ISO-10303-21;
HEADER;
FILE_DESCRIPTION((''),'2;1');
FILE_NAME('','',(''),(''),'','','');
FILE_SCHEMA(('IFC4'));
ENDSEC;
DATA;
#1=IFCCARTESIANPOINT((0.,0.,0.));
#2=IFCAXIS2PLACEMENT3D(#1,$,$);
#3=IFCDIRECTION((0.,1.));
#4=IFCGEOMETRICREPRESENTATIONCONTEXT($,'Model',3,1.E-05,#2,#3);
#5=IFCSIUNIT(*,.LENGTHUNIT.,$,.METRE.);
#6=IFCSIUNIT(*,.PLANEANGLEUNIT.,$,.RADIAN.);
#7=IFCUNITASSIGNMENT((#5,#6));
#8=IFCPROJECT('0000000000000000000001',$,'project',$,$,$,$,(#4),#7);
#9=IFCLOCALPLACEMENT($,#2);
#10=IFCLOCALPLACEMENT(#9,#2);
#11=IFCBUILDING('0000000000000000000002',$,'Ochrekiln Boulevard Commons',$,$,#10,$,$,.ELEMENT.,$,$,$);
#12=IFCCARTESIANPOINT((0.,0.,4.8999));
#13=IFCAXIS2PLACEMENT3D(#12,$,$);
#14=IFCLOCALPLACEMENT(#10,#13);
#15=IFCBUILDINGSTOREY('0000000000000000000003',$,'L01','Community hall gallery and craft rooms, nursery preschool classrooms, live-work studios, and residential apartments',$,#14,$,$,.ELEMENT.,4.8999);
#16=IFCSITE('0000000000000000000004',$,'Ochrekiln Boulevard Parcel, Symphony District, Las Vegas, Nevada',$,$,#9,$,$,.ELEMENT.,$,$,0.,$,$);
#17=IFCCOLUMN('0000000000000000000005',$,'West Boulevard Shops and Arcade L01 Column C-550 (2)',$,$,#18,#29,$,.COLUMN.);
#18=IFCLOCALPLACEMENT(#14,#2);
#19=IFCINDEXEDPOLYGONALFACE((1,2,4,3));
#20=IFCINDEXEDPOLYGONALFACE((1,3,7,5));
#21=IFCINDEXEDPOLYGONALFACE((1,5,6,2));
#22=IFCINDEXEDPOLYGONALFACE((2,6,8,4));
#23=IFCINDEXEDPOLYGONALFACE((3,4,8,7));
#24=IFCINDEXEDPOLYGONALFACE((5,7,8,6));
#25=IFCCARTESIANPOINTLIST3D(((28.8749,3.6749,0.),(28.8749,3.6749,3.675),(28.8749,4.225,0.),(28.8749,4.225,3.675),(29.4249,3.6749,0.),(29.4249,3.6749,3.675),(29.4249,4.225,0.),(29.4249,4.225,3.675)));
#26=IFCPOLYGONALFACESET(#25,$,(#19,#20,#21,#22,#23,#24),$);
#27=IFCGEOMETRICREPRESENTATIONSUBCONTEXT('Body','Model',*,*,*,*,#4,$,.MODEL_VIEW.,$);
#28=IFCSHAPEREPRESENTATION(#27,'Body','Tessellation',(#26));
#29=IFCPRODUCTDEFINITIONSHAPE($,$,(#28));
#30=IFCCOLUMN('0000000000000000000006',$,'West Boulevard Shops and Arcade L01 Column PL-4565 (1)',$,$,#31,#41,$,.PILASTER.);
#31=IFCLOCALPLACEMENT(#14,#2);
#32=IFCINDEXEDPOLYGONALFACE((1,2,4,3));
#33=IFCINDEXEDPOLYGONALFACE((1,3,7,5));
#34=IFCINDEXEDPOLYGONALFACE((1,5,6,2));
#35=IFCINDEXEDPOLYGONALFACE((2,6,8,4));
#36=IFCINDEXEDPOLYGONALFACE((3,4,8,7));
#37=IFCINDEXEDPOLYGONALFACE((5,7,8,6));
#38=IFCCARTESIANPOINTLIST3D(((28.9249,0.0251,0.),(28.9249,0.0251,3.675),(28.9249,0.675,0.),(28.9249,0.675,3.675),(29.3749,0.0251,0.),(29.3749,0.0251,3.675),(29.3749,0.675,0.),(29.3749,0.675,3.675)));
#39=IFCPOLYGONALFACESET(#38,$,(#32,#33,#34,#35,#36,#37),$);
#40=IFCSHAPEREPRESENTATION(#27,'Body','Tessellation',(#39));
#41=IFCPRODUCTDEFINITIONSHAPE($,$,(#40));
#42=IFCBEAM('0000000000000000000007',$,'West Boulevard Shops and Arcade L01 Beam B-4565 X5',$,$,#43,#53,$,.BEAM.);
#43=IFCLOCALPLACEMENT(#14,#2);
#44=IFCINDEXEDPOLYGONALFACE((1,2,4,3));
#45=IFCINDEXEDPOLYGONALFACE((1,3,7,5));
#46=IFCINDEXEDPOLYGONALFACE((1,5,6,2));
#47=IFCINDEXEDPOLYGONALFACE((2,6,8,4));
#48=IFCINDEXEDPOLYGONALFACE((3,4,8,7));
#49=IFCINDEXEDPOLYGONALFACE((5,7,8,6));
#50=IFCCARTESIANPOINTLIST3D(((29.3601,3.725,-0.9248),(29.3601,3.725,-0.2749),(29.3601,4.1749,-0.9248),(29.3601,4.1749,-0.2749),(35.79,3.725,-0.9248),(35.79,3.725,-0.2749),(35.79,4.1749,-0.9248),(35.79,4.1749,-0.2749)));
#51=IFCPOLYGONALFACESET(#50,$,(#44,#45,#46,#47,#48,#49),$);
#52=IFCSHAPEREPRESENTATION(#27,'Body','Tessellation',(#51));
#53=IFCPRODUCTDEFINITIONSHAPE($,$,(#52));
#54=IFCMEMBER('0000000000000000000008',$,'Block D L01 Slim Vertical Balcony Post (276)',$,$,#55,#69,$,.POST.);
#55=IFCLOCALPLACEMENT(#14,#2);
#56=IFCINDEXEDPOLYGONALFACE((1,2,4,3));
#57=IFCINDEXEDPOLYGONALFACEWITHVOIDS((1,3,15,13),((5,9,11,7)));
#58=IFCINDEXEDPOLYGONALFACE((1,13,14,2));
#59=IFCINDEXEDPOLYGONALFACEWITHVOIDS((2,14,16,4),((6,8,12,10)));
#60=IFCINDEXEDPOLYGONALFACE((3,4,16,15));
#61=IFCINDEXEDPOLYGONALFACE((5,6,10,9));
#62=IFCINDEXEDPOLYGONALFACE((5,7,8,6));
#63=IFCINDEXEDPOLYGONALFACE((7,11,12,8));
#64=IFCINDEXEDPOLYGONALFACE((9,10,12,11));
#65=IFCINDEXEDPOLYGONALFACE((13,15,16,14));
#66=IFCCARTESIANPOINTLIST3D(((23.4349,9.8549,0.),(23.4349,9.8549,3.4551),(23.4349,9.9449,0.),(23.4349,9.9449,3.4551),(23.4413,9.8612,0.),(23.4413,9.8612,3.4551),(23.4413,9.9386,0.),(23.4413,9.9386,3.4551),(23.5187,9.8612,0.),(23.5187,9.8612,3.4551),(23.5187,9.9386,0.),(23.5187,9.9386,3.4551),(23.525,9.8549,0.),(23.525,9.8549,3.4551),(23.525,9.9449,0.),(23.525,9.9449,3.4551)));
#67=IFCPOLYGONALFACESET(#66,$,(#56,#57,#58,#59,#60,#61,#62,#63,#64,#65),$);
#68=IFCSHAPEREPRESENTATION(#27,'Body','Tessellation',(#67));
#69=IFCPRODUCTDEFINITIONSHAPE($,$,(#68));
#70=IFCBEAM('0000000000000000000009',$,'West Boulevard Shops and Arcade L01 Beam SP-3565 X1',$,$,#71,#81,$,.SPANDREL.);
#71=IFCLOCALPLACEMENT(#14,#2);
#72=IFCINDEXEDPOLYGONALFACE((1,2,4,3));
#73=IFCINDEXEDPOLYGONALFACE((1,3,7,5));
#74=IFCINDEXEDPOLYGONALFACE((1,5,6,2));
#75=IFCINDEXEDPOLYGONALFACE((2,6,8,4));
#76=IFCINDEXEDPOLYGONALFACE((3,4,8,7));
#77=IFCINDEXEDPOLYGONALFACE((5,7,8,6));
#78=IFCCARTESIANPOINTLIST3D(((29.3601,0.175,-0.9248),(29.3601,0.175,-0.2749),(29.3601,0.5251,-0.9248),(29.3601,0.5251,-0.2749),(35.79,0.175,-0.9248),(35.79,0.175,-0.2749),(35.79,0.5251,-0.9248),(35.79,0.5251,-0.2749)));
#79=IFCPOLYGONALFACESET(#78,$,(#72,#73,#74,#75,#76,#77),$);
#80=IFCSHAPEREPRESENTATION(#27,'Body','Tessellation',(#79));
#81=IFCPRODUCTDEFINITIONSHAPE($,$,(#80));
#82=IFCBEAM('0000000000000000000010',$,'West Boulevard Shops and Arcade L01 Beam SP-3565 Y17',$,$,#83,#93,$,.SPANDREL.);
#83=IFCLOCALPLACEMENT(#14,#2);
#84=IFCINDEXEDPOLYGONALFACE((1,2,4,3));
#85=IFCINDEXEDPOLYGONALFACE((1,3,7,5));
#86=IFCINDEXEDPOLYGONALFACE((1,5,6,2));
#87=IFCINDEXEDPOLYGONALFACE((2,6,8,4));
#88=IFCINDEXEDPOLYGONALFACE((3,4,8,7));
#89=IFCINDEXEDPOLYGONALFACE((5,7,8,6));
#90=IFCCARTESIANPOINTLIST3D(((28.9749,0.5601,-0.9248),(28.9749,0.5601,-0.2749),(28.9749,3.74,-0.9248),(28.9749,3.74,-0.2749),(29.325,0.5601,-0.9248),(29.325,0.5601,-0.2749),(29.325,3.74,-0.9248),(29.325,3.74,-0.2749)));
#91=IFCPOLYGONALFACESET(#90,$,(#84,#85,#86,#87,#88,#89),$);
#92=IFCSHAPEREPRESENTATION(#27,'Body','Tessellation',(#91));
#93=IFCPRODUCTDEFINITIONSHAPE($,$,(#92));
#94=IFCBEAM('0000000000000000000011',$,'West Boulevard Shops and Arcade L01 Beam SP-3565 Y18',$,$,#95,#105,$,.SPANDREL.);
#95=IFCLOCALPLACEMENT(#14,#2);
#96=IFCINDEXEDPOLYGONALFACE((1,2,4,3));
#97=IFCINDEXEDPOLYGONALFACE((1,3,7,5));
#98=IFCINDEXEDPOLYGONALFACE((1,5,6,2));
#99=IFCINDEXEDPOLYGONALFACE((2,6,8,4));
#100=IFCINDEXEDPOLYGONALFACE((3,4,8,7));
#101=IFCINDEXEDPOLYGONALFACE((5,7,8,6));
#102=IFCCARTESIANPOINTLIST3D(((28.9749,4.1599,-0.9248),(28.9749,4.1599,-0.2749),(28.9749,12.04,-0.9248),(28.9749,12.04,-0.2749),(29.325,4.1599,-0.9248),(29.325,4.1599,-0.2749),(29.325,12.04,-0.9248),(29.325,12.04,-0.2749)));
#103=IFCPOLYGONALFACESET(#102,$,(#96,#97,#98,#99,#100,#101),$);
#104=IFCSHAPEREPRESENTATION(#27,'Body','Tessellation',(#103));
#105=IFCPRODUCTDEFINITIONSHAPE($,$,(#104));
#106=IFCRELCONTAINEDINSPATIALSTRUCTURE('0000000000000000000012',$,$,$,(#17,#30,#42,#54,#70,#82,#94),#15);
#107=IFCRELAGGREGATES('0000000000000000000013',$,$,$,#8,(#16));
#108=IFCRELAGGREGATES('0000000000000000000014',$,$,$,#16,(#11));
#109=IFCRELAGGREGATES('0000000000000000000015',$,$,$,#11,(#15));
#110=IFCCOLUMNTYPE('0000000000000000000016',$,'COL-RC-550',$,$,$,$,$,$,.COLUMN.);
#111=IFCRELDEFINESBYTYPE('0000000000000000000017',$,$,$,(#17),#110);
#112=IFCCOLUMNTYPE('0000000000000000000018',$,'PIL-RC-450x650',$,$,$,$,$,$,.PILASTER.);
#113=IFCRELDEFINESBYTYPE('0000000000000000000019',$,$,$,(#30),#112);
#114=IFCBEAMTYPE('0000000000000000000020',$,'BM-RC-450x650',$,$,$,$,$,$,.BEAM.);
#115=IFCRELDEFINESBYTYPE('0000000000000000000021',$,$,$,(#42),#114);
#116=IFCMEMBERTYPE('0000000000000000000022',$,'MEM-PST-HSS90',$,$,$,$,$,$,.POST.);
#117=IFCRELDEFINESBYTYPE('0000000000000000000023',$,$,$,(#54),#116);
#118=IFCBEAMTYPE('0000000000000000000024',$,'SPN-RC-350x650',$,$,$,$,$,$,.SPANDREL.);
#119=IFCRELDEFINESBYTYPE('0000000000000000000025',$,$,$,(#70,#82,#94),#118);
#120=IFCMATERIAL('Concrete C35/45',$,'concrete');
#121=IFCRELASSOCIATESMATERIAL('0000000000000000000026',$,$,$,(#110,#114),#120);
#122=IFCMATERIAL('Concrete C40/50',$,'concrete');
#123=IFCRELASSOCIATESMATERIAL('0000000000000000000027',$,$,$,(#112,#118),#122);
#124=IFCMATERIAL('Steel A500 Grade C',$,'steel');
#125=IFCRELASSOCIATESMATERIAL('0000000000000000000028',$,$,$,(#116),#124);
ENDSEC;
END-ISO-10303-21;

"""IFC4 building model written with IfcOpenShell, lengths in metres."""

from ifc_helpers import new_model, si_unit, direction, frame, origin, origin_2d, place, context, subcontext, project, spatial, rectangle, hollow_rectangle, extrude, material, material_profile, profile_set, type_object, element, save


model = new_model("IFC4")

# Units and contexts
model_context = context("Model", 3, precision=1e-05, world=origin(), true_north=direction((0.0, 1.0)))
body_context = subcontext(model_context, "Body", "Model", "MODEL_VIEW")
ifc_project = project(units=[si_unit("LENGTHUNIT", "METRE"), si_unit("PLANEANGLEUNIT", "RADIAN")], contexts=[model_context])

# Site, building, storey
site_placement = place(None, origin())
site = spatial("IfcSite", under=ifc_project, at=site_placement, Name="Ochrekiln Boulevard Parcel, Symphony District, Las Vegas, Nevada", CompositionType="ELEMENT", RefElevation=0.0)
building_placement = place(site_placement, origin())
building = spatial("IfcBuilding", under=site, at=building_placement, Name="Ochrekiln Boulevard Commons", CompositionType="ELEMENT")
storey_placement = place(building_placement, frame((0.0, 0.0, 4.8999)))
storey = spatial("IfcBuildingStorey", under=building, at=storey_placement, Name="L01", Description="Community hall gallery and craft rooms, nursery preschool classrooms, live-work studios, and residential apartments", CompositionType="ELEMENT", Elevation=4.8999)

# Columns
ifc_material_1 = material(Name="Concrete C35/45", Category="concrete")
ifc_material_profile_1 = material_profile(ifc_material_1, rectangle(XDim=0.55, YDim=0.55, at=origin_2d()), Name="RC-COL-550x550")
ifc_profile_set_1 = profile_set([ifc_material_profile_1], Name="Concrete C35/45")
column_type_1 = type_object("IfcColumnType", Name="COL-RC-550", PredefinedType="COLUMN", material=ifc_profile_set_1)
column_1_placement = place(storey_placement, frame((29.1499, 3.95, 0.0), z_axis=(0.0, 0.0, 1.0), x_axis=(1.0, 0.0, 0.0)))
element("IfcColumn", 1, at=column_1_placement, inside=storey, type_object=column_type_1, Name="West Boulevard Shops and Arcade L01 Column C-550 (2)", PredefinedType="COLUMN", context=body_context, shape_type="SweptSolid", body=[
    extrude(rectangle(XDim=0.55, YDim=0.55, at=origin_2d()), origin(), (0.0, 0.0, 1.0), 3.675),
])
ifc_material_2 = material(Name="Concrete C40/50", Category="concrete")
ifc_material_profile_2 = material_profile(ifc_material_2, rectangle(XDim=0.45, YDim=0.6499, at=origin_2d()), Name="RC-PIL-450x650")
ifc_profile_set_2 = profile_set([ifc_material_profile_2], Name="Concrete C40/50")
column_type_2 = type_object("IfcColumnType", Name="PIL-RC-450x650", PredefinedType="PILASTER", material=ifc_profile_set_2)
column_2_placement = place(storey_placement, frame((29.1499, 0.3501, 0.0), z_axis=(0.0, 0.0, 1.0), x_axis=(1.0, 0.0, 0.0)))
element("IfcColumn", 2, at=column_2_placement, inside=storey, type_object=column_type_2, Name="West Boulevard Shops and Arcade L01 Column PL-4565 (1)", PredefinedType="PILASTER", context=body_context, shape_type="SweptSolid", body=[
    extrude(rectangle(XDim=0.45, YDim=0.6499, at=origin_2d()), origin(), (0.0, 0.0, 1.0), 3.675),
])

# Beam
ifc_material_profile_3 = material_profile(ifc_material_1, rectangle(XDim=0.45, YDim=0.6499, at=origin_2d()), Name="RC-BM-450x650")
ifc_profile_set_3 = profile_set([ifc_material_profile_3], Name="Concrete C35/45")
beam_type_1 = type_object("IfcBeamType", Name="BM-RC-450x650", PredefinedType="BEAM", material=ifc_profile_set_3)
beam_1_placement = place(storey_placement, frame((29.3601, 3.95, -0.5999), z_axis=(1.0, 0.0, 0.0), x_axis=(0.0, 1.0, 0.0)))
element("IfcBeam", 3, at=beam_1_placement, inside=storey, type_object=beam_type_1, Name="West Boulevard Shops and Arcade L01 Beam B-4565 X5", PredefinedType="BEAM", context=body_context, shape_type="SweptSolid", body=[
    extrude(rectangle(XDim=0.45, YDim=0.6499, at=origin_2d()), origin(), (0.0, 0.0, 1.0), 6.4299),
])

# Member
ifc_material_3 = material(Name="Steel A500 Grade C", Category="steel")
ifc_material_profile_4 = material_profile(ifc_material_3, hollow_rectangle(XDim=0.0901, YDim=0.0901, WallThickness=0.0063, at=origin_2d()), Name="HSS90X90X6.4")
ifc_profile_set_4 = profile_set([ifc_material_profile_4], Name="Steel A500 Grade C")
member_type = type_object("IfcMemberType", Name="MEM-PST-HSS90", PredefinedType="POST", material=ifc_profile_set_4)
member_placement = place(storey_placement, frame((23.48, 9.8999, 0.0), z_axis=(0.0, 0.0, 1.0), x_axis=(1.0, 0.0, 0.0)))
element("IfcMember", 4, at=member_placement, inside=storey, type_object=member_type, Name="Block D L01 Slim Vertical Balcony Post (276)", PredefinedType="POST", context=body_context, shape_type="SweptSolid", body=[
    extrude(hollow_rectangle(XDim=0.0901, YDim=0.0901, WallThickness=0.0063, at=origin_2d()), origin(), (0.0, 0.0, 1.0), 3.4551),
])

# Beams
ifc_material_profile_5 = material_profile(ifc_material_2, rectangle(XDim=0.3501, YDim=0.6499, at=origin_2d()), Name="RC-SPN-350x650")
ifc_profile_set_5 = profile_set([ifc_material_profile_5], Name="Concrete C40/50")
beam_type_2 = type_object("IfcBeamType", Name="SPN-RC-350x650", PredefinedType="SPANDREL", material=ifc_profile_set_5)
beam_2_placement = place(storey_placement, frame((29.3601, 0.3501, -0.5999), z_axis=(1.0, 0.0, 0.0), x_axis=(0.0, 1.0, 0.0)))
element("IfcBeam", 5, at=beam_2_placement, inside=storey, type_object=beam_type_2, Name="West Boulevard Shops and Arcade L01 Beam SP-3565 X1", PredefinedType="SPANDREL", context=body_context, shape_type="SweptSolid", body=[
    extrude(rectangle(XDim=0.3501, YDim=0.6499, at=origin_2d()), origin(), (0.0, 0.0, 1.0), 6.4299),
])
beam_3_placement = place(storey_placement, frame((29.1499, 0.5601, -0.5999), z_axis=(0.0, 1.0, 0.0), x_axis=(-1.0, 0.0, 0.0)))
element("IfcBeam", 6, at=beam_3_placement, inside=storey, type_object=beam_type_2, Name="West Boulevard Shops and Arcade L01 Beam SP-3565 Y17", PredefinedType="SPANDREL", context=body_context, shape_type="SweptSolid", body=[
    extrude(rectangle(XDim=0.3501, YDim=0.6499, at=origin_2d()), origin(), (0.0, 0.0, 1.0), 3.1799),
])
beam_4_placement = place(storey_placement, frame((29.1499, 4.1599, -0.5999), z_axis=(0.0, 1.0, 0.0), x_axis=(-1.0, 0.0, 0.0)))
element("IfcBeam", 7, at=beam_4_placement, inside=storey, type_object=beam_type_2, Name="West Boulevard Shops and Arcade L01 Beam SP-3565 Y18", PredefinedType="SPANDREL", context=body_context, shape_type="SweptSolid", body=[
    extrude(rectangle(XDim=0.3501, YDim=0.6499, at=origin_2d()), origin(), (0.0, 0.0, 1.0), 7.8801),
])

save(model, "model.ifc")
